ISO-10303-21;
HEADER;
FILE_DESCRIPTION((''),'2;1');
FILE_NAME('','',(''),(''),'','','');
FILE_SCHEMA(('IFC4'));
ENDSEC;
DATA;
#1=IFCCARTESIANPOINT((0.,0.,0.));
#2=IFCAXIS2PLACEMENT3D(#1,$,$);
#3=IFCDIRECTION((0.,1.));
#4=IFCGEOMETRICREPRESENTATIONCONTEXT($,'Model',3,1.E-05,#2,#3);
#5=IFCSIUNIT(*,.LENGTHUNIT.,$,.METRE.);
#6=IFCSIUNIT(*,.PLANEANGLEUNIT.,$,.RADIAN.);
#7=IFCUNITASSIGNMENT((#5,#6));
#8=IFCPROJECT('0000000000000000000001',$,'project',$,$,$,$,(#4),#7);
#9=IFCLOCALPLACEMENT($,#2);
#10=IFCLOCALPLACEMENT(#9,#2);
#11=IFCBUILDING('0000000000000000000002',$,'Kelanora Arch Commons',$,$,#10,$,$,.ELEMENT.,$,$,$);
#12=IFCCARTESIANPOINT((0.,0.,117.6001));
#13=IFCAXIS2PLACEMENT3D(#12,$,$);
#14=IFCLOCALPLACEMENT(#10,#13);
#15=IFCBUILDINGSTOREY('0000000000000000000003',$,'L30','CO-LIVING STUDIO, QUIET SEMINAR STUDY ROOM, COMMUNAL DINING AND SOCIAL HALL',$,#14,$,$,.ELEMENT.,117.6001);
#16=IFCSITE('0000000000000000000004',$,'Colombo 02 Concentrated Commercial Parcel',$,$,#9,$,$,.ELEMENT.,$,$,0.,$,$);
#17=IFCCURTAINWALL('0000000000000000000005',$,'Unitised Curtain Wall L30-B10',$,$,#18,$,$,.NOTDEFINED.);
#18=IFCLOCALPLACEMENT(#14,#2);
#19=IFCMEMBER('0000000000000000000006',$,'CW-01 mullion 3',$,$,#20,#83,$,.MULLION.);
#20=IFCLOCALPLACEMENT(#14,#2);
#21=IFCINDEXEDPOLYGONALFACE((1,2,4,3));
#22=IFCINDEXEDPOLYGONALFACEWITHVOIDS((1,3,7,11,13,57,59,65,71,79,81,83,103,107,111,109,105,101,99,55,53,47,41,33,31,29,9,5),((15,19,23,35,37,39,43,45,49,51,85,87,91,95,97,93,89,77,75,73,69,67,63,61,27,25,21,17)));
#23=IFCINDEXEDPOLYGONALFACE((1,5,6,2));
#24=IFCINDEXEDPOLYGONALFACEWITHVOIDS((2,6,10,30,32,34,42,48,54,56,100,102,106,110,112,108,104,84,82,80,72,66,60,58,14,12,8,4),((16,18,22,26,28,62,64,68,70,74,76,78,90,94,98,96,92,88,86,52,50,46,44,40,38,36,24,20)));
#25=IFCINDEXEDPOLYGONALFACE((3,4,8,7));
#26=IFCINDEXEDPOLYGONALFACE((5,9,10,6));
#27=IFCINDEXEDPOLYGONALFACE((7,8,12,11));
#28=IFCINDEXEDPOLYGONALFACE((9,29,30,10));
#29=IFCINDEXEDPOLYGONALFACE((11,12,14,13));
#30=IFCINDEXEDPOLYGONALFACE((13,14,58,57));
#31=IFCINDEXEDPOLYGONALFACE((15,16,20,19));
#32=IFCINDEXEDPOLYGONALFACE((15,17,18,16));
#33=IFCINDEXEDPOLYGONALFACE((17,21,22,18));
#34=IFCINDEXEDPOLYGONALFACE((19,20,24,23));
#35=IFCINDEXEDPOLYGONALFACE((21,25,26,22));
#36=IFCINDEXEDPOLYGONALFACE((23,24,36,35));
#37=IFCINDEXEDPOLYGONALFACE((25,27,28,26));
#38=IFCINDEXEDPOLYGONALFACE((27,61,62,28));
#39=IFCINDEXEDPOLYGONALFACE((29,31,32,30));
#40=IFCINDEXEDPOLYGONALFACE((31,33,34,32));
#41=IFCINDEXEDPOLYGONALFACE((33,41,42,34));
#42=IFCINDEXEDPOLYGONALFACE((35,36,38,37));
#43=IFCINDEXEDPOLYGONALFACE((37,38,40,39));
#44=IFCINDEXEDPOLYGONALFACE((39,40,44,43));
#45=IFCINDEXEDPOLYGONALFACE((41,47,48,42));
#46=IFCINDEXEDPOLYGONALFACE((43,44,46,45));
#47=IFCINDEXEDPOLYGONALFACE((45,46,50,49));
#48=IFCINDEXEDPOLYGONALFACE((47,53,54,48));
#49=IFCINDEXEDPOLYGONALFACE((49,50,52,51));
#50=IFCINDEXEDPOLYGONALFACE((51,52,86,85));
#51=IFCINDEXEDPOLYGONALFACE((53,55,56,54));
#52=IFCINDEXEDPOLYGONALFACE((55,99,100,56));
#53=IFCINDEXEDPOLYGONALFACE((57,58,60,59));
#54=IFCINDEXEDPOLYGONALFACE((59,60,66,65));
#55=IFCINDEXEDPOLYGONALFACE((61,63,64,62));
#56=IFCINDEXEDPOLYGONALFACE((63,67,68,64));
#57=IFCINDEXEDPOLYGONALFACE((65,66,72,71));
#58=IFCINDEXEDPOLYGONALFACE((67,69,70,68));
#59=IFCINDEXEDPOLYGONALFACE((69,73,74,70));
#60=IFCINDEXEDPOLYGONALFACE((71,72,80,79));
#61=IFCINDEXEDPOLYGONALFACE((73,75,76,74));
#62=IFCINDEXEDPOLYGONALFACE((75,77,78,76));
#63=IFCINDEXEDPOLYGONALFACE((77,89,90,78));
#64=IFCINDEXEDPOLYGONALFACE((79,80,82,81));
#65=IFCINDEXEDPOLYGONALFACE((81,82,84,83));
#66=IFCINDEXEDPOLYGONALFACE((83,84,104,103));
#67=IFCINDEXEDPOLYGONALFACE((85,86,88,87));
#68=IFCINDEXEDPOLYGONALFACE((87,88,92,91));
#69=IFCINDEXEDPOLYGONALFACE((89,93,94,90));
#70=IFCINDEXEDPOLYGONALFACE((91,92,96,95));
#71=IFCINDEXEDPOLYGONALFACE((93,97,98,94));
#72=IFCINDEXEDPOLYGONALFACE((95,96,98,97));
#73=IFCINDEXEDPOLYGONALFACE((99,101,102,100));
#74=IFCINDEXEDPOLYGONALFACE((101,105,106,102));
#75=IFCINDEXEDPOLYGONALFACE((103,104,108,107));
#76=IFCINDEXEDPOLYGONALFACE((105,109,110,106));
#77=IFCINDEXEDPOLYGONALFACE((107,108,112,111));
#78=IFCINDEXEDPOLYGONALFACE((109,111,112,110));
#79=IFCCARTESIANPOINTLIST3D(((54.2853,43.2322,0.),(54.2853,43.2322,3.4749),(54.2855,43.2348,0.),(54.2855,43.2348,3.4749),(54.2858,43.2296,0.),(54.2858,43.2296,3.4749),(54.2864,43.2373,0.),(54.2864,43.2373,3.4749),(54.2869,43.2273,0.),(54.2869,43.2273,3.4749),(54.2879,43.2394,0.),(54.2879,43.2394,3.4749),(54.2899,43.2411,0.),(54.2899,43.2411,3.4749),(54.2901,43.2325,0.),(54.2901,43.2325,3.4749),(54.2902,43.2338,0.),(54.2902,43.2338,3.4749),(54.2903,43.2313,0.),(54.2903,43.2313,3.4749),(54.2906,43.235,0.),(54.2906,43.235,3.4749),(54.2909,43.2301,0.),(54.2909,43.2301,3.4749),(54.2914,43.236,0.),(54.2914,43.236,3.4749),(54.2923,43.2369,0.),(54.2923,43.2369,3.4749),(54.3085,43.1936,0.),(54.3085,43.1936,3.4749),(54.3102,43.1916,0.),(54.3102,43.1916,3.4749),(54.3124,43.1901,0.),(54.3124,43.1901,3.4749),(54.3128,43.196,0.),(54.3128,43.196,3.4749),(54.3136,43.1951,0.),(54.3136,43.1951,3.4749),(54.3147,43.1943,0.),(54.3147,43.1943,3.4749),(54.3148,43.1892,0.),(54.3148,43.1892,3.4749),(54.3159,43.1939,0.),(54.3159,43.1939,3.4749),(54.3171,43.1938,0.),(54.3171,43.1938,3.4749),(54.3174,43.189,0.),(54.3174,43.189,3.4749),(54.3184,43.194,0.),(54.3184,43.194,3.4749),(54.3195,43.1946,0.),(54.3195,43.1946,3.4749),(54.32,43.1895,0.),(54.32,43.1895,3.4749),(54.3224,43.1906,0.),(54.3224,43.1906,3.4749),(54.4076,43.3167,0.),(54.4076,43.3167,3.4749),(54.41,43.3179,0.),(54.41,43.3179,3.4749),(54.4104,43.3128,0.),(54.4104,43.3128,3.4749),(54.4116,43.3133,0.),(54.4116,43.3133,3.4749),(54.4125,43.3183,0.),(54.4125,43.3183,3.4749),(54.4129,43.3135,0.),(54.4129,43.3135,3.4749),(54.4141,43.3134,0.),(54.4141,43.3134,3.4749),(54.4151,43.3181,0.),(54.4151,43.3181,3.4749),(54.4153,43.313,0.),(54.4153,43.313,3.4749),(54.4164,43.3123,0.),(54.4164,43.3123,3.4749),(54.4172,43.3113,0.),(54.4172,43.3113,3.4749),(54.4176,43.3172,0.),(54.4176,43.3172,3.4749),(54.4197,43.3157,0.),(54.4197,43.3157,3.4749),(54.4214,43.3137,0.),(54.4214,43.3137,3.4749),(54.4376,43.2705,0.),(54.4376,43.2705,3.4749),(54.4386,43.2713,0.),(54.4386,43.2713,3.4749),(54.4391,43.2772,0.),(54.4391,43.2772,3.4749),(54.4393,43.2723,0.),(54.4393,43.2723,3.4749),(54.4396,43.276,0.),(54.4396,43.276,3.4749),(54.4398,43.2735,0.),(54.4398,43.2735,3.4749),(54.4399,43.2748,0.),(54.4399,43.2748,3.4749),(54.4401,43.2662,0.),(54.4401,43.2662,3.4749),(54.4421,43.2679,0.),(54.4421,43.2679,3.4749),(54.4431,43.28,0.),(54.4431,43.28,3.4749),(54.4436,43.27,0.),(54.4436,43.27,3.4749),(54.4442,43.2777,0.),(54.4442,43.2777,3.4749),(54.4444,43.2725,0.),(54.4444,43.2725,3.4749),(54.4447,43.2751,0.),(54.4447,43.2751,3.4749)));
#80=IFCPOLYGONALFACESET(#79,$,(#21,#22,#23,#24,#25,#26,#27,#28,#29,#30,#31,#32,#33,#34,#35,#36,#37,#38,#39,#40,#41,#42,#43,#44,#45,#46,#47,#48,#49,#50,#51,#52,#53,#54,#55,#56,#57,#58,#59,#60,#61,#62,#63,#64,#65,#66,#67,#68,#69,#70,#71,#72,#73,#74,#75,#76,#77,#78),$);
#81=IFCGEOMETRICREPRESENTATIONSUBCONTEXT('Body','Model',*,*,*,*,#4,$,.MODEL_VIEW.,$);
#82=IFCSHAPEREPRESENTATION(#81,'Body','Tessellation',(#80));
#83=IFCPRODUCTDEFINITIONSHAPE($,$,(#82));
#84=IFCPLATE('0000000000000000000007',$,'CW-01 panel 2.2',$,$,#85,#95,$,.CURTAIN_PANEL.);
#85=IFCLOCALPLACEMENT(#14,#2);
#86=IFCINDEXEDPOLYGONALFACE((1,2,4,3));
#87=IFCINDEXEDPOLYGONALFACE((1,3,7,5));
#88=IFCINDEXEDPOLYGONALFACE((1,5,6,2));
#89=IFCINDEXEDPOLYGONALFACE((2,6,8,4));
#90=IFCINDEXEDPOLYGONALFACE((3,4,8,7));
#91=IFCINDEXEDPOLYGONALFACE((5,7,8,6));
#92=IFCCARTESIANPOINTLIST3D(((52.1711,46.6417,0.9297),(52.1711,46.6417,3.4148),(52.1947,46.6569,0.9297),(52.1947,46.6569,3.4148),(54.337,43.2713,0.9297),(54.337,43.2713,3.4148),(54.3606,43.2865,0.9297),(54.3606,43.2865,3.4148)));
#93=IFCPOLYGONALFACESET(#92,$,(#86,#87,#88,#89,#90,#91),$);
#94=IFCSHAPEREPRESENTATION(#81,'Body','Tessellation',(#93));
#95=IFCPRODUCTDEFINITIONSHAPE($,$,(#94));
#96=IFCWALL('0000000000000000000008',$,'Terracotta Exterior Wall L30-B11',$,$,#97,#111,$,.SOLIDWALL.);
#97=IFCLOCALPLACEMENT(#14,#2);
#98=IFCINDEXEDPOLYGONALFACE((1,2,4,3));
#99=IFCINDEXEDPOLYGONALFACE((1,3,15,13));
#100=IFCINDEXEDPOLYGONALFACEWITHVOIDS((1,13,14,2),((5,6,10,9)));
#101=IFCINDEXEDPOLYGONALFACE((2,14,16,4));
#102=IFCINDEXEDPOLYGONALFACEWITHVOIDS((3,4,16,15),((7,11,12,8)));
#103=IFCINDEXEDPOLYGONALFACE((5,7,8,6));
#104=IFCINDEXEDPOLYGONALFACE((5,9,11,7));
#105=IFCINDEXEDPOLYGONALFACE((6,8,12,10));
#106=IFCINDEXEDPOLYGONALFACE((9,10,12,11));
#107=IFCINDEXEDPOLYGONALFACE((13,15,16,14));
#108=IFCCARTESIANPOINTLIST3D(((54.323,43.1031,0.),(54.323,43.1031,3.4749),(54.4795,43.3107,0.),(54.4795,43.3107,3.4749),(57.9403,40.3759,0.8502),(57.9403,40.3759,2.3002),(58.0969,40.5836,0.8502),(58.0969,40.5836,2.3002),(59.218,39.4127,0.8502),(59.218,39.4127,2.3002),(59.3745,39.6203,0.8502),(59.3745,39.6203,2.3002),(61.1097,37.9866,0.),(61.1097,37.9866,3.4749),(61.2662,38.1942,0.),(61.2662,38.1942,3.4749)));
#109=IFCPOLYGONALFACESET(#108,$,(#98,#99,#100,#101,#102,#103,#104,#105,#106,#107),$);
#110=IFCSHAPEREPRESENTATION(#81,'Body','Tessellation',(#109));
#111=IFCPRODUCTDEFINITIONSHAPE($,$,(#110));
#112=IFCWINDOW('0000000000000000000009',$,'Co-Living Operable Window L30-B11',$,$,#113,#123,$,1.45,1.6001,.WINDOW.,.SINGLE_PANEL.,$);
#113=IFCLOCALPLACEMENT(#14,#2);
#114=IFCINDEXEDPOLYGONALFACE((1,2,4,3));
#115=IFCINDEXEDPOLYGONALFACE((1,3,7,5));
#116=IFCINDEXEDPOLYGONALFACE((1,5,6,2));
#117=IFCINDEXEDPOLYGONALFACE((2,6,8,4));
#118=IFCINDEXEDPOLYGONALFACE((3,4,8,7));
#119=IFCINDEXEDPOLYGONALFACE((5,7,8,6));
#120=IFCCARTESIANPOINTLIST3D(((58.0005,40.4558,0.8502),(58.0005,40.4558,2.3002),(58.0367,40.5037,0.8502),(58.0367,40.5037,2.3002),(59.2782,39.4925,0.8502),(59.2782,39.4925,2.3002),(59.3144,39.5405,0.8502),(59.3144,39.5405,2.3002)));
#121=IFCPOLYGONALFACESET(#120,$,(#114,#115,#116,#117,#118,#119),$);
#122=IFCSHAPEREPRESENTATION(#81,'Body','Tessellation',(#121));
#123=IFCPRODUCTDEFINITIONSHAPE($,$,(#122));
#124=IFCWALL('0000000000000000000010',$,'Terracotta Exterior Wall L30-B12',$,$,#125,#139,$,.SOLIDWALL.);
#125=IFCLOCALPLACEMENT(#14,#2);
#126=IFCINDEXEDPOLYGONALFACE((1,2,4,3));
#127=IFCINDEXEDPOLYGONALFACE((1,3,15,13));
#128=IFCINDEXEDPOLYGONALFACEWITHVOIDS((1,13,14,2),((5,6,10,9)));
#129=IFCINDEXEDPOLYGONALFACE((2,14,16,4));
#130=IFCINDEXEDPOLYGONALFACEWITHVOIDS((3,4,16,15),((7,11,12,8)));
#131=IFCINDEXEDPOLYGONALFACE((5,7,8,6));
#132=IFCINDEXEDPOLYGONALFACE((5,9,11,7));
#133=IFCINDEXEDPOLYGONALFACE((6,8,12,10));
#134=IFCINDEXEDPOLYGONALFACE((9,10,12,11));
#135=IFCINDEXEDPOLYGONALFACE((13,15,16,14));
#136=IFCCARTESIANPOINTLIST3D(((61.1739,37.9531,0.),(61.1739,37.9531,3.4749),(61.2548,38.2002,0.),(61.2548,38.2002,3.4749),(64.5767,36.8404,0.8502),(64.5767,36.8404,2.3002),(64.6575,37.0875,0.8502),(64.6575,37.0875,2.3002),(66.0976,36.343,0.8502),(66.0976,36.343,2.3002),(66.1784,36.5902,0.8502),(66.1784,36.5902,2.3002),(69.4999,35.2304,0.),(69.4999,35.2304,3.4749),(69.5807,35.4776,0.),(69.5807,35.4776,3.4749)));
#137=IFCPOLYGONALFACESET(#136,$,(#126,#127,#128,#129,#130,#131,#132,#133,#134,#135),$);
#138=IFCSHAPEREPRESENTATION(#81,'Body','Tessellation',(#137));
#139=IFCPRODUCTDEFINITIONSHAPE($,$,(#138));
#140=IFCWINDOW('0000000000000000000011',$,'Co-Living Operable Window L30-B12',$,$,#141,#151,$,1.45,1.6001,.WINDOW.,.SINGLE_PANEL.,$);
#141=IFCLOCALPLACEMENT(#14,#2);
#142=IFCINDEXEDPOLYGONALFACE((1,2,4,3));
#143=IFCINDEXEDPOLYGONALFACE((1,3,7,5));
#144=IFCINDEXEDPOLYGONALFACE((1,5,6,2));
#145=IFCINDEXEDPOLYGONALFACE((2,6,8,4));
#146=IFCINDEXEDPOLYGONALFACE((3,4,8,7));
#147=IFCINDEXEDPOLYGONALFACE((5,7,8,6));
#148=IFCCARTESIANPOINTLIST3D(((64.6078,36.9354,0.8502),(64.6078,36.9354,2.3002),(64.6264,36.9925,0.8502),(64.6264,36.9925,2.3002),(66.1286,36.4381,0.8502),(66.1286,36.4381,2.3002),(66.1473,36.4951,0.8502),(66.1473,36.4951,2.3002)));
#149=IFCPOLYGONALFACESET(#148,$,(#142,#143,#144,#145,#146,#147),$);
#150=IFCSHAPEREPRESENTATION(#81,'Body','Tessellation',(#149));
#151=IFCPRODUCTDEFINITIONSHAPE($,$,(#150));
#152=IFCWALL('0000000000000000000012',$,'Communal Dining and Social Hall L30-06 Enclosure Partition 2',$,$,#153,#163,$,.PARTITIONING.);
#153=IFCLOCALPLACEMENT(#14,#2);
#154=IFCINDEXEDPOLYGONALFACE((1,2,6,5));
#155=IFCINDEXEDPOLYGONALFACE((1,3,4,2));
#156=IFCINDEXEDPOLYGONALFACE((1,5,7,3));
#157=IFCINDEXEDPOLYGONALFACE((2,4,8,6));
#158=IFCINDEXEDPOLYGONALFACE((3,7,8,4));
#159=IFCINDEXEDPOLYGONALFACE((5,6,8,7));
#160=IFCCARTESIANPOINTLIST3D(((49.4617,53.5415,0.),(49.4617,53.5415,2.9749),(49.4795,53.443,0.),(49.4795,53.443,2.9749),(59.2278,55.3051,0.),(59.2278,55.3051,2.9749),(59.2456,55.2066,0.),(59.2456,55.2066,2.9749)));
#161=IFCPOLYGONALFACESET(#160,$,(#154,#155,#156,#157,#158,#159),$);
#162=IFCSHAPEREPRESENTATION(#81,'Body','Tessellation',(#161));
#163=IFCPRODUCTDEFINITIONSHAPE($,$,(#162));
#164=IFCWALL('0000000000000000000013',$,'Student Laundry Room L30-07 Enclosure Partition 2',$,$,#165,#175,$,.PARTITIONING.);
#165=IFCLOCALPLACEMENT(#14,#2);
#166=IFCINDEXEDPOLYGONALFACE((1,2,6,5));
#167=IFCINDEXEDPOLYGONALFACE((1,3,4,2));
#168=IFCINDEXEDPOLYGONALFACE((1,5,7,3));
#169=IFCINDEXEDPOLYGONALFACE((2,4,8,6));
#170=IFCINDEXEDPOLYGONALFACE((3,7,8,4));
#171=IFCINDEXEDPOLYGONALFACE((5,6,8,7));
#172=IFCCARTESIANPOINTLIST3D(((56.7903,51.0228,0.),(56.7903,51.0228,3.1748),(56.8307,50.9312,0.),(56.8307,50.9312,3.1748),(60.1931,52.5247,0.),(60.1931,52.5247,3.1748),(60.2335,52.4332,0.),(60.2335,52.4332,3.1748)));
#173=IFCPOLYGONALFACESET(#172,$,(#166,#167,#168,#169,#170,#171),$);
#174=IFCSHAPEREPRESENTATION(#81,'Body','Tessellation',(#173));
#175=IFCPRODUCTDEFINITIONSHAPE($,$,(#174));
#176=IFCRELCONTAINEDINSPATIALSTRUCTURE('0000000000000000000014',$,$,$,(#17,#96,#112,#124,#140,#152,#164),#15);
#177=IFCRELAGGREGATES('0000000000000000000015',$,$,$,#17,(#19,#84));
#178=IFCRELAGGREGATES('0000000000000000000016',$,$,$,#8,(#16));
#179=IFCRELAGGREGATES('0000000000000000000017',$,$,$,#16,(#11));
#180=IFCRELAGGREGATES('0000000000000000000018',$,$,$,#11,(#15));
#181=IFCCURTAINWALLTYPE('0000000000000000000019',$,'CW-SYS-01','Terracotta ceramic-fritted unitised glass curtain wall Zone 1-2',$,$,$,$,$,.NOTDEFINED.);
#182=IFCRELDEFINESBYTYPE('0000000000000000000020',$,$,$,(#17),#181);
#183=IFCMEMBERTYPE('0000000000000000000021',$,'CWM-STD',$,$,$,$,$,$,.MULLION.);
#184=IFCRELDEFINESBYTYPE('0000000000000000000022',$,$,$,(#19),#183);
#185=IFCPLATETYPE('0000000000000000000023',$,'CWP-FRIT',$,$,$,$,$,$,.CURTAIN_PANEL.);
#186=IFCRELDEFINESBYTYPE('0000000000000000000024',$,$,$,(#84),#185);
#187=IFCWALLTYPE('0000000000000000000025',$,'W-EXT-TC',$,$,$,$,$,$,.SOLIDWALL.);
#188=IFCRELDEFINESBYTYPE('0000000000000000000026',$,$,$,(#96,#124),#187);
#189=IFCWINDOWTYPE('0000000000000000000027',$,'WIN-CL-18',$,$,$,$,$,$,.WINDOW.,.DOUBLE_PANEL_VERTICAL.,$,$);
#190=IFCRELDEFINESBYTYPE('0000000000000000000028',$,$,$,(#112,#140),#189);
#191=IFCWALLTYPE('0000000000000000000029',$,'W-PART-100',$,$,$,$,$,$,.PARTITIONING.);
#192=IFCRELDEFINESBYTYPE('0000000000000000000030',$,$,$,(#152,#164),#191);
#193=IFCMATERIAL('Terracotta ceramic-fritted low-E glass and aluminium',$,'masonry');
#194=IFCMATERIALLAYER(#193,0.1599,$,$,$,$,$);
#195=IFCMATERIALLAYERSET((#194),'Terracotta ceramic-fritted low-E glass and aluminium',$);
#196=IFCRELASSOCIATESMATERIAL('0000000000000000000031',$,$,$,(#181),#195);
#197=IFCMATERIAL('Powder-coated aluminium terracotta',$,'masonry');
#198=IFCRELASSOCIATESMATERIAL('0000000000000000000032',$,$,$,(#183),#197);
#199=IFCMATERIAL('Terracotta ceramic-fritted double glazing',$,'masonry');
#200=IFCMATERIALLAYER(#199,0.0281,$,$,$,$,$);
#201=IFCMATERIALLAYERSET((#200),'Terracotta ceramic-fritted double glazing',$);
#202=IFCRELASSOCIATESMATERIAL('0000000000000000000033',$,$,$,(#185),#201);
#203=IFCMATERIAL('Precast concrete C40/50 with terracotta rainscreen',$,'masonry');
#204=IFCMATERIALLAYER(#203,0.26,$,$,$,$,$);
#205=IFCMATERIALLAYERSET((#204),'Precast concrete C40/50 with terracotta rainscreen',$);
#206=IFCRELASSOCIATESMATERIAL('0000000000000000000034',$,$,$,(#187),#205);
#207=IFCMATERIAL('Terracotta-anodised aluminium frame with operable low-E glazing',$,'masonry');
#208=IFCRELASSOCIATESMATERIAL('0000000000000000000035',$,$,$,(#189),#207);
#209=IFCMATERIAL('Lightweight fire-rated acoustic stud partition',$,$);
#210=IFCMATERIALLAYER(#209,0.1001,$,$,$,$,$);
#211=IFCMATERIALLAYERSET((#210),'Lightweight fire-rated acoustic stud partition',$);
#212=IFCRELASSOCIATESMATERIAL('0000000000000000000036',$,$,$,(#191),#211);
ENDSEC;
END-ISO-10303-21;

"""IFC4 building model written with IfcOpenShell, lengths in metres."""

from ifc_helpers import new_model, si_unit, direction, frame, frame_2d, origin, origin_2d, place, context, subcontext, project, spatial, rectangle, hollow_rectangle, extrude, source, transform, mapped, material, layer, layer_set, material_profile, profile_set, type_object, element, fill, aggregate, save


model = new_model("IFC4")

# Units and contexts
model_context = context("Model", 3, precision=1e-05, world=origin(), true_north=direction((0.0, 1.0)))
body_context = subcontext(model_context, "Body", "Model", "MODEL_VIEW")
ifc_project = project(units=[si_unit("LENGTHUNIT", "METRE"), si_unit("PLANEANGLEUNIT", "RADIAN")], contexts=[model_context])

# Site, building, storey
site_placement = place(None, origin())
site = spatial("IfcSite", under=ifc_project, at=site_placement, Name="Colombo 02 Concentrated Commercial Parcel", CompositionType="ELEMENT", RefElevation=0.0)
building_placement = place(site_placement, origin())
building = spatial("IfcBuilding", under=site, at=building_placement, Name="Kelanora Arch Commons", CompositionType="ELEMENT")
storey_placement = place(building_placement, frame((0.0, 0.0, 117.6001)))
storey = spatial("IfcBuildingStorey", under=building, at=storey_placement, Name="L30", Description="CO-LIVING STUDIO, QUIET SEMINAR STUDY ROOM, COMMUNAL DINING AND SOCIAL HALL", CompositionType="ELEMENT", Elevation=117.6001)

# Curtain wall, member, plate
ifc_material_1 = material(Name="Terracotta ceramic-fritted low-E glass and aluminium", Category="masonry")
ifc_layer_1 = layer(ifc_material_1, 0.1599)
ifc_layer_set_1 = layer_set([ifc_layer_1], Name="Terracotta ceramic-fritted low-E glass and aluminium")
curtain_wall_type = type_object("IfcCurtainWallType", Name="CW-SYS-01", Description="Terracotta ceramic-fritted unitised glass curtain wall Zone 1-2", PredefinedType="NOTDEFINED", material=ifc_layer_set_1)
curtain_wall_placement = place(storey_placement, origin())
curtain_wall = element("IfcCurtainWall", 1, at=curtain_wall_placement, inside=storey, type_object=curtain_wall_type, Name="Unitised Curtain Wall L30-B10", PredefinedType="NOTDEFINED")
ifc_material_2 = material(Name="Powder-coated aluminium terracotta", Category="masonry")
ifc_material_profile_1 = material_profile(ifc_material_2, hollow_rectangle(XDim=0.1599, YDim=0.0601, WallThickness=0.0049, InnerFilletRadius=0.0049, OuterFilletRadius=0.01, at=origin_2d()), Name="CWM160x60")
ifc_profile_set_1 = profile_set([ifc_material_profile_1], Name="Powder-coated aluminium terracotta")
member_type = type_object("IfcMemberType", Name="CWM-STD", PredefinedType="MULLION", material=ifc_profile_set_1)
member_placement = place(storey_placement, frame((54.365, 43.2537, 0.0), z_axis=(0.0, 0.0, 1.0), x_axis=(0.841269, 0.540617, 0.0)))
member = element("IfcMember", 2, at=member_placement, type_object=member_type, Name="CW-01 mullion 3", PredefinedType="MULLION", context=body_context, shape_type="SweptSolid", body=[
    extrude(hollow_rectangle(XDim=0.1599, YDim=0.0601, WallThickness=0.0049, InnerFilletRadius=0.0049, OuterFilletRadius=0.01, at=origin_2d()), origin(), (0.0, 0.0, 1.0), 3.4749),
])
ifc_material_3 = material(Name="Terracotta ceramic-fritted double glazing", Category="masonry")
ifc_layer_2 = layer(ifc_material_3, 0.0281)
ifc_layer_set_2 = layer_set([ifc_layer_2], Name="Terracotta ceramic-fritted double glazing")
plate_type = type_object("IfcPlateType", Name="CWP-FRIT", PredefinedType="CURTAIN_PANEL", material=ifc_layer_set_2)
shared_shape_1 = source(origin(), body_context, "Body", "SweptSolid", [
    extrude(rectangle(XDim=4.0063, YDim=0.0281, at=origin_2d()), origin(), (0.0, 0.0, 1.0), 2.4851),
])
plate_placement = place(storey_placement, frame((53.2659, 44.9641, 0.9297), z_axis=(0.0, 0.0, 1.0), x_axis=(0.540617, -0.841269, 0.0)))
plate = element("IfcPlate", 3, at=plate_placement, type_object=plate_type, Name="CW-01 panel 2.2", PredefinedType="CURTAIN_PANEL", context=body_context, shape_type="MappedRepresentation", body=[
    mapped(shared_shape_1, transform((0.0, 0.0, 0.0), scale=1.0)),
])
aggregate(curtain_wall, [member, plate])

# Walls, openings, windows
ifc_material_4 = material(Name="Precast concrete C40/50 with terracotta rainscreen", Category="masonry")
ifc_layer_3 = layer(ifc_material_4, 0.26)
ifc_layer_set_3 = layer_set([ifc_layer_3], Name="Precast concrete C40/50 with terracotta rainscreen")
wall_type_1 = type_object("IfcWallType", Name="W-EXT-TC", PredefinedType="SOLIDWALL", material=ifc_layer_set_3)
wall_1_placement = place(storey_placement, frame((54.4014, 43.2068, 0.0), z_axis=(0.0, 0.0, 1.0), x_axis=(0.798502, -0.601993, 0.0)))
wall_1 = element("IfcWall", 4, at=wall_1_placement, inside=storey, type_object=wall_type_1, Name="Terracotta Exterior Wall L30-B11", PredefinedType="SOLIDWALL", context=body_context, shape_type="SweptSolid", body=[
    extrude(rectangle(XDim=8.4993, YDim=0.26, at=frame_2d((4.2495, 0.0))), origin(), (0.0, 0.0, 1.0), 3.4749),
])
opening_1_placement = place(wall_1_placement, frame((4.53, 0.0, 0.8501)))
opening_1 = element("IfcOpeningElement", 5, at=opening_1_placement, cuts=wall_1, PredefinedType="OPENING", context=body_context, shape_type="SweptSolid", body=[
    extrude(rectangle(XDim=1.6001, YDim=1.45, at=frame_2d((0.8, 0.7251))), frame((0.0, 0.1401, 0.0), z_axis=(0.0, -1.0, 0.0), x_axis=(1.0, 0.0, 0.0)), (0.0, 0.0, 1.0), 0.28),
])
ifc_material_5 = material(Name="Terracotta-anodised aluminium frame with operable low-E glazing", Category="masonry")
window_type = type_object("IfcWindowType", Name="WIN-CL-18", PartitioningType="DOUBLE_PANEL_VERTICAL", PredefinedType="WINDOW", material=ifc_material_5)
window_1_placement = place(opening_1_placement, origin())
window_1 = element("IfcWindow", 6, at=window_1_placement, inside=storey, type_object=window_type, Name="Co-Living Operable Window L30-B11", OverallHeight=1.45, OverallWidth=1.6001, PartitioningType="SINGLE_PANEL", PredefinedType="WINDOW", context=body_context, shape_type="SweptSolid", body=[
    extrude(rectangle(XDim=1.6001, YDim=1.45, at=frame_2d((0.8, 0.7251))), frame((0.0, 0.03, 0.0), z_axis=(0.0, -1.0, 0.0), x_axis=(1.0, 0.0, 0.0)), (0.0, 0.0, 1.0), 0.0601),
])
fill(opening_1, window_1)
wall_2_placement = place(storey_placement, frame((61.2144, 38.0767, 0.0), z_axis=(0.0, 0.0, 1.0), x_axis=(0.950471, -0.310813, 0.0)))
wall_2 = element("IfcWall", 7, at=wall_2_placement, inside=storey, type_object=wall_type_1, Name="Terracotta Exterior Wall L30-B12", PredefinedType="SOLIDWALL", context=body_context, shape_type="SweptSolid", body=[
    extrude(rectangle(XDim=8.7598, YDim=0.26, at=frame_2d((4.3799, 0.0))), origin(), (0.0, 0.0, 1.0), 3.4749),
])
opening_2_placement = place(wall_2_placement, frame((3.5801, 0.0, 0.8501)))
opening_2 = element("IfcOpeningElement", 8, at=opening_2_placement, cuts=wall_2, PredefinedType="OPENING", context=body_context, shape_type="SweptSolid", body=[
    extrude(rectangle(XDim=1.6001, YDim=1.45, at=frame_2d((0.8, 0.7251))), frame((0.0, 0.1401, 0.0), z_axis=(0.0, -1.0, 0.0), x_axis=(1.0, 0.0, 0.0)), (0.0, 0.0, 1.0), 0.28),
])
window_2_placement = place(opening_2_placement, origin())
window_2 = element("IfcWindow", 9, at=window_2_placement, inside=storey, type_object=window_type, Name="Co-Living Operable Window L30-B12", OverallHeight=1.45, OverallWidth=1.6001, PartitioningType="SINGLE_PANEL", PredefinedType="WINDOW", context=body_context, shape_type="SweptSolid", body=[
    extrude(rectangle(XDim=1.6001, YDim=1.45, at=frame_2d((0.8, 0.7251))), frame((0.0, 0.03, 0.0), z_axis=(0.0, -1.0, 0.0), x_axis=(1.0, 0.0, 0.0)), (0.0, 0.0, 1.0), 0.0601),
])
fill(opening_2, window_2)

# Walls
ifc_material_6 = material(Name="Lightweight fire-rated acoustic stud partition")
ifc_layer_4 = layer(ifc_material_6, 0.1001)
ifc_layer_set_4 = layer_set([ifc_layer_4], Name="Lightweight fire-rated acoustic stud partition")
wall_type_2 = type_object("IfcWallType", Name="W-PART-100", PredefinedType="PARTITIONING", material=ifc_layer_set_4)
wall_3_placement = place(storey_placement, frame((59.2366, 55.2559, 0.0), z_axis=(0.0, 0.0, 1.0), x_axis=(-0.984082, -0.177716, 0.0)))
element("IfcWall", 10, at=wall_3_placement, inside=storey, type_object=wall_type_2, Name="Communal Dining and Social Hall L30-06 Enclosure Partition 2", PredefinedType="PARTITIONING", context=body_context, shape_type="SweptSolid", body=[
    extrude(rectangle(XDim=9.9241, YDim=0.1001, at=frame_2d((4.9619, 0.0))), origin(), (0.0, 0.0, 1.0), 2.9749),
])
wall_4_placement = place(storey_placement, frame((60.2134, 52.479, 0.0), z_axis=(0.0, 0.0, 1.0), x_axis=(-0.914848, -0.403799, 0.0)))
element("IfcWall", 11, at=wall_4_placement, inside=storey, type_object=wall_type_2, Name="Student Laundry Room L30-07 Enclosure Partition 2", PredefinedType="PARTITIONING", context=body_context, shape_type="SweptSolid", body=[
    extrude(rectangle(XDim=3.7195, YDim=0.1001, at=frame_2d((1.8599, 0.0))), origin(), (0.0, 0.0, 1.0), 3.1748),
])

save(model, "model.ifc")
